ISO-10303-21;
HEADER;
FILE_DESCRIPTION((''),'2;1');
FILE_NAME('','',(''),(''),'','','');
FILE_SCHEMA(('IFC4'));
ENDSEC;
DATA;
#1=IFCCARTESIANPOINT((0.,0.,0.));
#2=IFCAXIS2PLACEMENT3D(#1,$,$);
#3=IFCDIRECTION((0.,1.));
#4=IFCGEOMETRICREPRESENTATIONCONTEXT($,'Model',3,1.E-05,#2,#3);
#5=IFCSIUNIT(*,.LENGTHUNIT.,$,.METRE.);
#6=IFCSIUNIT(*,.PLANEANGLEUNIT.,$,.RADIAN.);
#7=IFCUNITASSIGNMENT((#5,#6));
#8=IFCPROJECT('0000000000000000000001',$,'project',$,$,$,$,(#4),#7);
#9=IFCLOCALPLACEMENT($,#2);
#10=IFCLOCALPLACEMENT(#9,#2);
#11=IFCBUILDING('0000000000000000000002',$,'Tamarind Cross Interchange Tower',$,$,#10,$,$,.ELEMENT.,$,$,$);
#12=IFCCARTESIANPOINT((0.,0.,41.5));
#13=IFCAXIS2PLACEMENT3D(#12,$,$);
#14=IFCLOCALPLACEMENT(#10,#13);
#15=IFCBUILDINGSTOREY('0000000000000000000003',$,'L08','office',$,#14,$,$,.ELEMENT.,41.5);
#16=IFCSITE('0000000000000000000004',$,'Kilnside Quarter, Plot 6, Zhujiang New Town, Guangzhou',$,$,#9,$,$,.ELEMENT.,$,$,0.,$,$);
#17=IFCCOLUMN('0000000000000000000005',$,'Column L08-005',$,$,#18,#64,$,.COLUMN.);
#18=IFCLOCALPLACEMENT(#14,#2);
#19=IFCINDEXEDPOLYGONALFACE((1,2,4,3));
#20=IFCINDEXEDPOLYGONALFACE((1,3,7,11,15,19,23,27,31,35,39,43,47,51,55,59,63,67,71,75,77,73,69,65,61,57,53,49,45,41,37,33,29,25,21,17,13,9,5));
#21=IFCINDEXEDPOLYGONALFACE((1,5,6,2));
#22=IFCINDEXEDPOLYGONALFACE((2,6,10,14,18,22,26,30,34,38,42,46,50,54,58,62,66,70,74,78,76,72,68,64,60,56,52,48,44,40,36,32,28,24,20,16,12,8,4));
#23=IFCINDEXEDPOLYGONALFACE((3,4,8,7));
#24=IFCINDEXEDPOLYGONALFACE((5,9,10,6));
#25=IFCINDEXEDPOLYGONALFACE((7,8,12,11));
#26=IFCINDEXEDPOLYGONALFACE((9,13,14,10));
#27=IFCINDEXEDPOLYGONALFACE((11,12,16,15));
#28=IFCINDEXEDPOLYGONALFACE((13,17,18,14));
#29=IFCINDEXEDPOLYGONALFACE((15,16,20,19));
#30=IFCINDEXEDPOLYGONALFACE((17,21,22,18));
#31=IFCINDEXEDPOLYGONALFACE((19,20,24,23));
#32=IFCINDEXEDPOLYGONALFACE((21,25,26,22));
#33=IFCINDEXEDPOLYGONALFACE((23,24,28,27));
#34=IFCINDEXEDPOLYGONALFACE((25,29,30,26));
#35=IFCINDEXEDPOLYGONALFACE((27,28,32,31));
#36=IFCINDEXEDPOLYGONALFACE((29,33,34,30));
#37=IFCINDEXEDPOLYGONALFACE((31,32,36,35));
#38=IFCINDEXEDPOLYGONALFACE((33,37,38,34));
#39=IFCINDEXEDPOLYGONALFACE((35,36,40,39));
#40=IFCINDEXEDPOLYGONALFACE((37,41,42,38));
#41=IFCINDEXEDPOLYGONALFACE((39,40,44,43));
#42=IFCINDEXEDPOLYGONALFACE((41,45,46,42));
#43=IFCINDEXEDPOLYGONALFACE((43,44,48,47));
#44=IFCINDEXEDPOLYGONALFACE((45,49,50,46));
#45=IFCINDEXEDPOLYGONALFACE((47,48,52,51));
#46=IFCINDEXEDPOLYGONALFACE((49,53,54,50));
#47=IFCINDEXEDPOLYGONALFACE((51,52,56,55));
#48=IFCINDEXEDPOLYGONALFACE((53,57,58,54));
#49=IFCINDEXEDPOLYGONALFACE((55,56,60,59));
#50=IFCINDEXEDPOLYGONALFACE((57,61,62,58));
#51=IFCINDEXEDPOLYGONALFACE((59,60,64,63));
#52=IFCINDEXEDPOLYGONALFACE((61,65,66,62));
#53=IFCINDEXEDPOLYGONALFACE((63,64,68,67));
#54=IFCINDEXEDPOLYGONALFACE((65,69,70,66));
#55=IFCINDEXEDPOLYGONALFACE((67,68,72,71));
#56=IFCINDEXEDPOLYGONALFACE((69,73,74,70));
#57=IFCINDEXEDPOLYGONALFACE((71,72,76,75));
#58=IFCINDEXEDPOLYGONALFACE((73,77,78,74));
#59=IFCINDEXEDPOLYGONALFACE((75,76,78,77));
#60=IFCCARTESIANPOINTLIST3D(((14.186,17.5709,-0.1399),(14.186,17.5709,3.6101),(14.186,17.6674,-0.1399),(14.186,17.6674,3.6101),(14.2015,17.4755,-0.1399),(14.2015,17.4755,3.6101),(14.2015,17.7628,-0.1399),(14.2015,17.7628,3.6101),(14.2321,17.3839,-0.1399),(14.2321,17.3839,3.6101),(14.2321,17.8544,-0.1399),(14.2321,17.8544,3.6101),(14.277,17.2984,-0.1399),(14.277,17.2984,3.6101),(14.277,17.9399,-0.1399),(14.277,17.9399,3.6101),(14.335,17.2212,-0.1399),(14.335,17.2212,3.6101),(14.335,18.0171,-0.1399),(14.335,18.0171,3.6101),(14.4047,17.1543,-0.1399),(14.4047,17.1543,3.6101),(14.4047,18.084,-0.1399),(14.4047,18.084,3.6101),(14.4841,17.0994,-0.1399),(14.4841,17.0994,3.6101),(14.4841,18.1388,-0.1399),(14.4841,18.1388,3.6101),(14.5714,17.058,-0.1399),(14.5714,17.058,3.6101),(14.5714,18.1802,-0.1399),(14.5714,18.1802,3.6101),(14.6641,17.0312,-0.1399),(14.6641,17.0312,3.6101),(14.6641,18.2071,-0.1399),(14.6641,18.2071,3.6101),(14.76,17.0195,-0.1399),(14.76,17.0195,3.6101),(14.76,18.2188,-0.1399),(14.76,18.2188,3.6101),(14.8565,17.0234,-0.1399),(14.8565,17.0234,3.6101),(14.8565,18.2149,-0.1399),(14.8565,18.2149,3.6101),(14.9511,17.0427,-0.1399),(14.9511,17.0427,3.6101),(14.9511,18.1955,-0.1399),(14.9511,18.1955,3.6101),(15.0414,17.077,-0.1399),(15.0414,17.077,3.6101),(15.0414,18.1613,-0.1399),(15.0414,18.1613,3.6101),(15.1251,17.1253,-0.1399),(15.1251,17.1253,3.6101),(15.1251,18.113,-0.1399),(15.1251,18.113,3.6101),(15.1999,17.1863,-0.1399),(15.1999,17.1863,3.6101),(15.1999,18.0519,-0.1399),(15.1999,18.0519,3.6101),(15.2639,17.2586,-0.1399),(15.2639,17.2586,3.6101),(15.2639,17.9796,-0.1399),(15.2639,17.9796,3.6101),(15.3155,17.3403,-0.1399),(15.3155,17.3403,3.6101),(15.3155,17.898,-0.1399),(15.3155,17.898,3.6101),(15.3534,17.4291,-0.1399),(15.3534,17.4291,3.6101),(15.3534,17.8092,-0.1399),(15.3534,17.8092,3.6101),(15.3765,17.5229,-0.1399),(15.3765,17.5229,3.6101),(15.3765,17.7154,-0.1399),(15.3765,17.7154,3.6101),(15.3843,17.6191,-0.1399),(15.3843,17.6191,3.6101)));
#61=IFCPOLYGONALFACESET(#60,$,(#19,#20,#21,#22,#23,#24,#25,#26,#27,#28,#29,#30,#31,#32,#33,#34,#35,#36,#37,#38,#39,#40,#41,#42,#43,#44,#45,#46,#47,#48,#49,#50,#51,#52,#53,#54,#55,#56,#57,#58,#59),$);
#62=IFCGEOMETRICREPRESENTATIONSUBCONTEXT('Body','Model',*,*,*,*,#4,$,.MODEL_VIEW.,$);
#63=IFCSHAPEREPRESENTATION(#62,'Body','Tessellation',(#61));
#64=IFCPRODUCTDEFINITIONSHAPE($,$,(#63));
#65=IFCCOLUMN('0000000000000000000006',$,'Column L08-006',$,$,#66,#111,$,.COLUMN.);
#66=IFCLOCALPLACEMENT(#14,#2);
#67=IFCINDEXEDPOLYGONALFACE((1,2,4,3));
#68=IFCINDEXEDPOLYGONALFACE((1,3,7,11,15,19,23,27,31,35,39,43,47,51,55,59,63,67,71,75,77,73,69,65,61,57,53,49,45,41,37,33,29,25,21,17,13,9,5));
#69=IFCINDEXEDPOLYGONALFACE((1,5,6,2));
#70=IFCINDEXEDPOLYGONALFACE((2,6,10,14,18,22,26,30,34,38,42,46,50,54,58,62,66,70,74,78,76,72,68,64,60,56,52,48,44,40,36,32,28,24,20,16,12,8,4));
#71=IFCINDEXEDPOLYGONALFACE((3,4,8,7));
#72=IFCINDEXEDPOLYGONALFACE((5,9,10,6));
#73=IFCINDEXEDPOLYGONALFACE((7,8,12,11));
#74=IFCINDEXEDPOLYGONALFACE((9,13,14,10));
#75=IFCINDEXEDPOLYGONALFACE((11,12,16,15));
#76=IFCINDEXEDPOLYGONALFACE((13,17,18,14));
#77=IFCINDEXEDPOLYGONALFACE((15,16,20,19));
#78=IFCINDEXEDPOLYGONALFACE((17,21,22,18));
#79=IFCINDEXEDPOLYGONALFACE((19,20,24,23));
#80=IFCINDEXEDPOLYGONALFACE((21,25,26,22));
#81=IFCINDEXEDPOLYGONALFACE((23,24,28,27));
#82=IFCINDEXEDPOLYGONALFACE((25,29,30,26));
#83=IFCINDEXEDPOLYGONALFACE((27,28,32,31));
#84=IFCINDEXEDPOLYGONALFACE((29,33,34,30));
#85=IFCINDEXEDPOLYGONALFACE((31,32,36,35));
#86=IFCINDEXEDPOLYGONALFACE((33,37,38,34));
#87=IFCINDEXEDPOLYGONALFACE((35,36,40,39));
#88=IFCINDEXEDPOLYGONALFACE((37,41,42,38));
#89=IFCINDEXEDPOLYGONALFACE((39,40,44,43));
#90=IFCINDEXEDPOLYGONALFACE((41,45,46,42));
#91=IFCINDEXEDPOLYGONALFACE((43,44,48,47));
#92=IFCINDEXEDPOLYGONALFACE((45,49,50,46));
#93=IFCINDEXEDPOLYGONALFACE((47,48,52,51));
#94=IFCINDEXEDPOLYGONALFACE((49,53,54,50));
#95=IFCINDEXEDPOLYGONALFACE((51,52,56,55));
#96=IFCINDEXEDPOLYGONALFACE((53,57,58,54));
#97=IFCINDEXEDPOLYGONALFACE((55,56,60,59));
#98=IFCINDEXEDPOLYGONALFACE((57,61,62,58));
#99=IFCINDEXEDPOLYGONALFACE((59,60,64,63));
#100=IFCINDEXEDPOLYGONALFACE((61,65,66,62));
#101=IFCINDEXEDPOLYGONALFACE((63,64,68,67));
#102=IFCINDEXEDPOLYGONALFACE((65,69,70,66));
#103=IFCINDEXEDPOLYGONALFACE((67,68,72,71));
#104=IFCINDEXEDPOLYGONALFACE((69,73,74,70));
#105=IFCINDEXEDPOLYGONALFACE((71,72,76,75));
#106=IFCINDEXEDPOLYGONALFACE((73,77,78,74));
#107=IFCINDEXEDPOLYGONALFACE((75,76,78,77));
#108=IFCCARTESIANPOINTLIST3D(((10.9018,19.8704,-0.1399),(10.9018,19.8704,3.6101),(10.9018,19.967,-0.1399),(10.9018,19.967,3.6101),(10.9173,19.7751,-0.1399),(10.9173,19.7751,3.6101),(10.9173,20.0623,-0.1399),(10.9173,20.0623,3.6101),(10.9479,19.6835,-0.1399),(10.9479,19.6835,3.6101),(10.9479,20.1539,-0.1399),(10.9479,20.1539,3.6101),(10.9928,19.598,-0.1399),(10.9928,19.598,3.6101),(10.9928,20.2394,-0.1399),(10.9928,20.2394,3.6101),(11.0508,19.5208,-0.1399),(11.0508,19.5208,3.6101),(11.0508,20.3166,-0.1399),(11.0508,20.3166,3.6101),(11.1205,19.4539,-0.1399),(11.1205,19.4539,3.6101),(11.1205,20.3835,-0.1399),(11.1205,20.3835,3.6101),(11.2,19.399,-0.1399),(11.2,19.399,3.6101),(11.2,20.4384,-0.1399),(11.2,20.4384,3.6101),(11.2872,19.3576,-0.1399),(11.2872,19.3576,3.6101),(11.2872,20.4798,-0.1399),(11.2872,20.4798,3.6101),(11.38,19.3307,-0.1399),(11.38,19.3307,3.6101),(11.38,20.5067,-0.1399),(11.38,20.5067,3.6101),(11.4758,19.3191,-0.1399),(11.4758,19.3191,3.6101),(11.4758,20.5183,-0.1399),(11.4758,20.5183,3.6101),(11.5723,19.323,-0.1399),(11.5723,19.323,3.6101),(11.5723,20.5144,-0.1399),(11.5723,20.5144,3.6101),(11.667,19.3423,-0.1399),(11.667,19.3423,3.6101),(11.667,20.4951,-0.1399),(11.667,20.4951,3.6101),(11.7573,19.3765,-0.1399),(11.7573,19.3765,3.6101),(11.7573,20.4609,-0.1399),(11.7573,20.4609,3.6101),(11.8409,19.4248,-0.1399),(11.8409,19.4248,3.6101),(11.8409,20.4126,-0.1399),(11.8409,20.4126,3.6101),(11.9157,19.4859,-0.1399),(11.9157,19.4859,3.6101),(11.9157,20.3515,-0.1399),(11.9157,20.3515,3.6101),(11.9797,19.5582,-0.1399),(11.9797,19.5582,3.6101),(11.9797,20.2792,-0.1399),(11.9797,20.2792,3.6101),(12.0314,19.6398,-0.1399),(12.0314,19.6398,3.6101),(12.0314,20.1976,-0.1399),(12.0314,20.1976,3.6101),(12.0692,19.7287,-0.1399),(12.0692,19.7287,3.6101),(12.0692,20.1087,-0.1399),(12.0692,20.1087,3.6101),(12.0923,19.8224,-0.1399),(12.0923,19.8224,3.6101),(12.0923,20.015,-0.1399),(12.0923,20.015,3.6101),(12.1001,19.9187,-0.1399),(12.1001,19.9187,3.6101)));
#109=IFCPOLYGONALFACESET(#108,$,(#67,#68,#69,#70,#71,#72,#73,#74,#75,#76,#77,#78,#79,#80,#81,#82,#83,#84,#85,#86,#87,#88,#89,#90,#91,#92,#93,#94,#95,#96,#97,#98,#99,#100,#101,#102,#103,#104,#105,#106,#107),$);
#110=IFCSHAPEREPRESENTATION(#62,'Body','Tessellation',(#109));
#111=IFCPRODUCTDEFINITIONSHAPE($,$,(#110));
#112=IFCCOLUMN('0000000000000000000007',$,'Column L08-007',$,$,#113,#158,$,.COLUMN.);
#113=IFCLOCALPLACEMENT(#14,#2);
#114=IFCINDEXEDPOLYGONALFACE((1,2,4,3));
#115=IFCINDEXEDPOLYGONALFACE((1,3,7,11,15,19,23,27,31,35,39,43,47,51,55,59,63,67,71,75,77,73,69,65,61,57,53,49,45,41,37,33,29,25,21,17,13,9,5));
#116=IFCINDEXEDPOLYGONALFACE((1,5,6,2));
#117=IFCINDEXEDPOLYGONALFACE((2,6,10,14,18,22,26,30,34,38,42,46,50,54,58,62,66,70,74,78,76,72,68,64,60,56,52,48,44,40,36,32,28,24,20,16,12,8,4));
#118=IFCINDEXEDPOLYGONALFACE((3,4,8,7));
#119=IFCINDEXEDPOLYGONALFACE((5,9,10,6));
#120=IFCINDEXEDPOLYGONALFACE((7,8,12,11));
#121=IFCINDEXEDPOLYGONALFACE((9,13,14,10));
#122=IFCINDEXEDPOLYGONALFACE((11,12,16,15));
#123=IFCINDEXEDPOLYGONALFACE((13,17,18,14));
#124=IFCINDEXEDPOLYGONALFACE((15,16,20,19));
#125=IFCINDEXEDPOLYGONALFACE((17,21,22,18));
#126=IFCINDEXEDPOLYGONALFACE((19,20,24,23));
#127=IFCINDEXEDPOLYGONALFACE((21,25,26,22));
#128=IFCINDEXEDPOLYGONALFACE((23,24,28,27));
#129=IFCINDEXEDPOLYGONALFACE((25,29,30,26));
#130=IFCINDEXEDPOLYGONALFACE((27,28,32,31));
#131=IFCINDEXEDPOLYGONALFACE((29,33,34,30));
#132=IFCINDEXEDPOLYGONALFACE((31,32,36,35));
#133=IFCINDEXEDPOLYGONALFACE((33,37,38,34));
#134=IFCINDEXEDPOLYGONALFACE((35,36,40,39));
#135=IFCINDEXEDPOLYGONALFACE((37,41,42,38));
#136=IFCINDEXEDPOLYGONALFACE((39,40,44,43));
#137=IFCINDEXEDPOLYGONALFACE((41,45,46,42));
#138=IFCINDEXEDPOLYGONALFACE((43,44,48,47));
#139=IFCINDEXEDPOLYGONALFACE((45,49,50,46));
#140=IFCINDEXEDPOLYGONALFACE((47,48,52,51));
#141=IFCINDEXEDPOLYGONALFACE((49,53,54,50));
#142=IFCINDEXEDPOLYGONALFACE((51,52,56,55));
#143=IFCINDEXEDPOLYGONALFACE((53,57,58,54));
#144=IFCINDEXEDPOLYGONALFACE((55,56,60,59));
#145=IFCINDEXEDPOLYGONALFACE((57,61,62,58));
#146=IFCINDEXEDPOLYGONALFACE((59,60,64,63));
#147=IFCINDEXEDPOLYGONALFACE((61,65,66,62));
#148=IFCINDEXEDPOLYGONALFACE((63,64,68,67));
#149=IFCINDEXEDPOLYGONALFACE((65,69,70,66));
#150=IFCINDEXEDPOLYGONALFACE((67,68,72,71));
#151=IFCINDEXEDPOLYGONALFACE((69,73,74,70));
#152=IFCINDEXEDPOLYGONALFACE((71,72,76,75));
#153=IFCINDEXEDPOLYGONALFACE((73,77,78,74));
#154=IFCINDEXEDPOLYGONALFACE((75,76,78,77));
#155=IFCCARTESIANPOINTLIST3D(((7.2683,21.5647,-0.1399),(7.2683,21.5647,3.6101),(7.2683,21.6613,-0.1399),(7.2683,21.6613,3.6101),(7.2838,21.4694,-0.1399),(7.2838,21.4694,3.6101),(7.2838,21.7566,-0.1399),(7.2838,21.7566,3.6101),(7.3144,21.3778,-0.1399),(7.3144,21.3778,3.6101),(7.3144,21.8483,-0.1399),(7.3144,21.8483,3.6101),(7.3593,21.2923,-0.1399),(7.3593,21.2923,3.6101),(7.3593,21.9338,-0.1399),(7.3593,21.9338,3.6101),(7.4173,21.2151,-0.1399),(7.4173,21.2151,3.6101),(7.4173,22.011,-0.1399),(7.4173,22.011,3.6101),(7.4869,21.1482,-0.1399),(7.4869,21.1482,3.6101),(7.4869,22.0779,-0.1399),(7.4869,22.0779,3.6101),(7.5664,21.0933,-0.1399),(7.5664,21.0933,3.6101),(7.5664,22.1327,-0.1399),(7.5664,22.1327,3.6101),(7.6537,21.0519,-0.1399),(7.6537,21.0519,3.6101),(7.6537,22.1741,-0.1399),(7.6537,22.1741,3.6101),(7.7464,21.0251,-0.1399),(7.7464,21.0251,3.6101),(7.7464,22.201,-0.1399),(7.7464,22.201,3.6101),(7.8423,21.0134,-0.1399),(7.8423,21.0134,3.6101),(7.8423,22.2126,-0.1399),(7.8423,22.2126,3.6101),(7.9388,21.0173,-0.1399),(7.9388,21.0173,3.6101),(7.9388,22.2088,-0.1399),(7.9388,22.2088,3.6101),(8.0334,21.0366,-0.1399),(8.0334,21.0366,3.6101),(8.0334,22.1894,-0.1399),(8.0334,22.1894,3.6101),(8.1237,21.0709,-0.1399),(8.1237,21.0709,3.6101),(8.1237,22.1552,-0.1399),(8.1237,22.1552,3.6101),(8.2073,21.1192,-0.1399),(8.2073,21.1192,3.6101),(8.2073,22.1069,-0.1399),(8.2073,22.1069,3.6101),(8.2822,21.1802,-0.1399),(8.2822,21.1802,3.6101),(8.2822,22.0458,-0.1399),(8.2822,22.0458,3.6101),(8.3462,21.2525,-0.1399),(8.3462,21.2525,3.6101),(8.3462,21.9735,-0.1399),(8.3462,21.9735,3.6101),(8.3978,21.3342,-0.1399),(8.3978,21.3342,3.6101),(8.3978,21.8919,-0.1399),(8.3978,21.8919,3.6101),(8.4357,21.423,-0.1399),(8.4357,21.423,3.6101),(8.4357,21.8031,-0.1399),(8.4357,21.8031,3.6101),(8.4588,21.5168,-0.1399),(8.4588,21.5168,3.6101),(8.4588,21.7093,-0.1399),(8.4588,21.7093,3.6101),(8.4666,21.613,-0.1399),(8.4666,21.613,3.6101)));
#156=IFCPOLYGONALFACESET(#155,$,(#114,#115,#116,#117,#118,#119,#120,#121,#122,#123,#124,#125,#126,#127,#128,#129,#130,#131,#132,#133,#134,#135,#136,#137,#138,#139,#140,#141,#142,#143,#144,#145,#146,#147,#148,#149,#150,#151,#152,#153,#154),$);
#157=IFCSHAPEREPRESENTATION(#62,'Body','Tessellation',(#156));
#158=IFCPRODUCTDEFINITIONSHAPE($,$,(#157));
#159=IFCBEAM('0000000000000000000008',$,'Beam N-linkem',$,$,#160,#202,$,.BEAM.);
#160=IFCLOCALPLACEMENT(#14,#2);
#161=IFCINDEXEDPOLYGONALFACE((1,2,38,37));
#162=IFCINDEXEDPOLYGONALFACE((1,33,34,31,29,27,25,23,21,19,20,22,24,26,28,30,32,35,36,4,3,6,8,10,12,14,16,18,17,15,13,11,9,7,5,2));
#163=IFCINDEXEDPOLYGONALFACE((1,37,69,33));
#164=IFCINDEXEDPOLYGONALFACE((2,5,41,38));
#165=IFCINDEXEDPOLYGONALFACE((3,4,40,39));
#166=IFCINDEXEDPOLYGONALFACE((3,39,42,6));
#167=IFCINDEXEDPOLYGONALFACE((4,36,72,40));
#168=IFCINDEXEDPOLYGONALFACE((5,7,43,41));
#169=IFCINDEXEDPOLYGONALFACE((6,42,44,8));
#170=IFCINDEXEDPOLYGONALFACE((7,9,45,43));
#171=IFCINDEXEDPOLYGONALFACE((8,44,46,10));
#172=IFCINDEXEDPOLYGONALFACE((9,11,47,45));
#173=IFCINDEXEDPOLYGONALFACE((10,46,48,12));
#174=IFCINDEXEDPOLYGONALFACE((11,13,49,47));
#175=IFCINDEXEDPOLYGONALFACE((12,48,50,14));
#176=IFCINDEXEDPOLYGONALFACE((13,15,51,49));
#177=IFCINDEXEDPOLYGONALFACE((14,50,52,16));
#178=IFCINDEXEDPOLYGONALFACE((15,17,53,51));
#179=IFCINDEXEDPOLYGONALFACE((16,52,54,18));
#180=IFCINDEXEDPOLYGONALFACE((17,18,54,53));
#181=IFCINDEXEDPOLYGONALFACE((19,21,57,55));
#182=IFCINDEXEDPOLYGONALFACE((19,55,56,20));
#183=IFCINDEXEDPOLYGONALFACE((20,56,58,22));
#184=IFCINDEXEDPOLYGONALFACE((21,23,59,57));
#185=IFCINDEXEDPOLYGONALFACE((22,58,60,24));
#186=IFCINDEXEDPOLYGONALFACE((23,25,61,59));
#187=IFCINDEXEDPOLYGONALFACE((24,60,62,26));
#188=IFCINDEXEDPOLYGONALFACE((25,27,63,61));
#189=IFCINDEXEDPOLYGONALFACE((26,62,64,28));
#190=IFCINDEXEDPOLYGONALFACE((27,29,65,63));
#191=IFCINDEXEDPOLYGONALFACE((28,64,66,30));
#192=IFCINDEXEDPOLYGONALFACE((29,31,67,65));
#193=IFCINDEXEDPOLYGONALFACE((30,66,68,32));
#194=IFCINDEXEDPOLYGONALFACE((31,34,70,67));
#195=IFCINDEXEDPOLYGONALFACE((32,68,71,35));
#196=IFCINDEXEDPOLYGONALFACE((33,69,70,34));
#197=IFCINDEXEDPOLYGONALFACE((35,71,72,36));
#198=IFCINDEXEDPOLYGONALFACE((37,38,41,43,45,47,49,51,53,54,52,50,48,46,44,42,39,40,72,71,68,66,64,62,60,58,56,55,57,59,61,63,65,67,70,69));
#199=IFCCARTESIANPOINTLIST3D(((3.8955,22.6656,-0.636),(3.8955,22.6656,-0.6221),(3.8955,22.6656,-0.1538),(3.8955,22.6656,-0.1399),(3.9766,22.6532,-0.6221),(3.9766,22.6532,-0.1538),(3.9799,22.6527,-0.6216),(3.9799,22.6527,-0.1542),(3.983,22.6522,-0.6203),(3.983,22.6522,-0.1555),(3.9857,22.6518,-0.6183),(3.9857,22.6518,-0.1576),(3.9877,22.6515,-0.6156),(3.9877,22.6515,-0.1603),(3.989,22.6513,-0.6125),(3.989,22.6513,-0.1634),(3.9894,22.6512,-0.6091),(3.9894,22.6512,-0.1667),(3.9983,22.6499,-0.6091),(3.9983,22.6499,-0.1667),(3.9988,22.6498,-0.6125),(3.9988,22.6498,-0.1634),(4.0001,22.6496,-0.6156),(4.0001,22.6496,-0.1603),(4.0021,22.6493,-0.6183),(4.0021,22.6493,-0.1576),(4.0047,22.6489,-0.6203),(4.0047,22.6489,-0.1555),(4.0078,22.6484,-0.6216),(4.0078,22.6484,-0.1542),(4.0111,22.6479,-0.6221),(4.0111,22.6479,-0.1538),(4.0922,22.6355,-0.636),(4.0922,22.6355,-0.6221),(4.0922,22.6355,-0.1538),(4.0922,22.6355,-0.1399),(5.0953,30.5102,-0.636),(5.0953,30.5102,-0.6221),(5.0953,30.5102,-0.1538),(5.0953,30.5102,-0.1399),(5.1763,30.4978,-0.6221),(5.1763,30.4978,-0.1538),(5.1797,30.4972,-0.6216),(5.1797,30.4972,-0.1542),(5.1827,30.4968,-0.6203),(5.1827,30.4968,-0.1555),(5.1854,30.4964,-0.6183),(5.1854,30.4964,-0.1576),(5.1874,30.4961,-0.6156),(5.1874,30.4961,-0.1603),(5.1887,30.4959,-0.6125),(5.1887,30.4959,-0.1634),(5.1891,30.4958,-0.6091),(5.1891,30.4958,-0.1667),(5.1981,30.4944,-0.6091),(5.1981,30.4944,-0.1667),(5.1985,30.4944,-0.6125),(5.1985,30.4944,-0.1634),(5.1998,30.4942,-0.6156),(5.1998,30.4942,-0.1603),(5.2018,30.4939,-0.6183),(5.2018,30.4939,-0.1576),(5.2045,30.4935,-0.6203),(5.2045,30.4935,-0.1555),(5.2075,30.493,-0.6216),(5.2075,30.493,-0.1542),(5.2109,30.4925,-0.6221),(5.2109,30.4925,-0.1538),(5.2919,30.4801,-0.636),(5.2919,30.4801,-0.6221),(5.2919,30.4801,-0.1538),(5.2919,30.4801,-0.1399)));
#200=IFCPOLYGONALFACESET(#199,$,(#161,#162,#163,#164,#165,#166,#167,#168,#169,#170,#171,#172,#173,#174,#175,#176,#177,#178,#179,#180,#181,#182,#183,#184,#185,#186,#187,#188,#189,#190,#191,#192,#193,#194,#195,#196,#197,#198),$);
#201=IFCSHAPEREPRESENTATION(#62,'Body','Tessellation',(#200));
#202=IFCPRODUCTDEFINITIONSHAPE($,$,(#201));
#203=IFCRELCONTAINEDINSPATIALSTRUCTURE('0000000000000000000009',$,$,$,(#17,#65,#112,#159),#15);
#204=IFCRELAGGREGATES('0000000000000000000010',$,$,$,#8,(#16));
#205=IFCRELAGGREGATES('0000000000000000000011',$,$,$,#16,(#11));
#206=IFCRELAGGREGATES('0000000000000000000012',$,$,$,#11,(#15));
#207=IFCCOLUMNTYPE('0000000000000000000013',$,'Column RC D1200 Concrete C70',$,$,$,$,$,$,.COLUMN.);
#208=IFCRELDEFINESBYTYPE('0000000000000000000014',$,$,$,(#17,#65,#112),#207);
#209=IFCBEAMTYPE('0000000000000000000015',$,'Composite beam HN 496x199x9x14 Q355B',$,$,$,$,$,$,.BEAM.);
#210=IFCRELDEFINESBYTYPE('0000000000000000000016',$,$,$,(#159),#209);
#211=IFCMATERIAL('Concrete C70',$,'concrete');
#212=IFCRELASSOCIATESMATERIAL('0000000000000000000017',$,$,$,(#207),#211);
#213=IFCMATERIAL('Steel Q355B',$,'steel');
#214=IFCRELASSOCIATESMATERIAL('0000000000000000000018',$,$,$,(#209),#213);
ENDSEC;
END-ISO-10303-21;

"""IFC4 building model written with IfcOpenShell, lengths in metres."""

from ifc_helpers import new_model, si_unit, direction, frame, origin, origin_2d, place, context, subcontext, project, spatial, circle, i_section, extrude, material, material_profile, profile_set, type_object, element, save


model = new_model("IFC4")

# Units and contexts
model_context = context("Model", 3, precision=1e-05, world=origin(), true_north=direction((0.0, 1.0)))
body_context = subcontext(model_context, "Body", "Model", "MODEL_VIEW")
ifc_project = project(units=[si_unit("LENGTHUNIT", "METRE"), si_unit("PLANEANGLEUNIT", "RADIAN")], contexts=[model_context])

# Site, building, storey
site_placement = place(None, origin())
site = spatial("IfcSite", under=ifc_project, at=site_placement, Name="Kilnside Quarter, Plot 6, Zhujiang New Town, Guangzhou", CompositionType="ELEMENT", RefElevation=0.0)
building_placement = place(site_placement, origin())
building = spatial("IfcBuilding", under=site, at=building_placement, Name="Tamarind Cross Interchange Tower", CompositionType="ELEMENT")
storey_placement = place(building_placement, frame((0.0, 0.0, 41.5)))
storey = spatial("IfcBuildingStorey", under=building, at=storey_placement, Name="L08", Description="office", CompositionType="ELEMENT", Elevation=41.5)

# Columns
ifc_material_1 = material(Name="Concrete C70", Category="concrete")
ifc_material_profile_1 = material_profile(ifc_material_1, circle(Radius=0.6001, at=origin_2d()), Name="RC D1200")
ifc_profile_set_1 = profile_set([ifc_material_profile_1], Name="Concrete C70")
column_type_1 = type_object("IfcColumnType", Name="Column RC D1200 Concrete C70", PredefinedType="COLUMN", material=ifc_profile_set_1)
for number, where, z_axis, x_axis, name in (
    (1, (14.7842, 17.6191, -0.1399), (0.0, 0.0, 1.0), (1.0, 0.0, 0.0), "Column L08-005"),
    (2, (11.5, 19.9187, -0.1399), (0.0, 0.0, 1.0), (1.0, 0.0, 0.0), "Column L08-006"),
    (3, (7.8665, 21.613, -0.1399), (0.0, 0.0, 1.0), (1.0, 0.0, 0.0), "Column L08-007"),
):
    element("IfcColumn", number, at=place(storey_placement, frame(where, z_axis=z_axis, x_axis=x_axis)), inside=storey, type_object=column_type_1, Name=name, PredefinedType="COLUMN", context=body_context, shape_type="SweptSolid", body=[
        extrude(circle(Radius=0.6001, at=origin_2d()), origin(), (0.0, 0.0, 1.0), 3.75),
    ])

# Beam
ifc_material_2 = material(Name="Steel Q355B", Category="steel")
ifc_material_profile_2 = material_profile(ifc_material_2, i_section(OverallWidth=0.199, OverallDepth=0.4961, WebThickness=0.009, FlangeThickness=0.0139, FilletRadius=0.0129, at=origin_2d()), Name="HN 496x199x9x14")
ifc_profile_set_2 = profile_set([ifc_material_profile_2], Name="Steel Q355B")
beam_type_1 = type_object("IfcBeamType", Name="Composite beam HN 496x199x9x14 Q355B", PredefinedType="BEAM", material=ifc_profile_set_2)
beam_1_placement = place(storey_placement, frame((5.1936, 30.4951, -0.3879), z_axis=(-0.151179, -0.988506, 0.0), x_axis=(0.988506, -0.151179, 0.0)))
element("IfcBeam", 4, at=beam_1_placement, inside=storey, type_object=beam_type_1, Name="Beam N-linkem", PredefinedType="BEAM", context=body_context, shape_type="SweptSolid", body=[
    extrude(i_section(OverallWidth=0.199, OverallDepth=0.4961, WebThickness=0.009, FlangeThickness=0.0139, FilletRadius=0.0129, at=origin_2d()), origin(), (0.0, 0.0, 1.0), 7.9358),
])

save(model, "model.ifc")
